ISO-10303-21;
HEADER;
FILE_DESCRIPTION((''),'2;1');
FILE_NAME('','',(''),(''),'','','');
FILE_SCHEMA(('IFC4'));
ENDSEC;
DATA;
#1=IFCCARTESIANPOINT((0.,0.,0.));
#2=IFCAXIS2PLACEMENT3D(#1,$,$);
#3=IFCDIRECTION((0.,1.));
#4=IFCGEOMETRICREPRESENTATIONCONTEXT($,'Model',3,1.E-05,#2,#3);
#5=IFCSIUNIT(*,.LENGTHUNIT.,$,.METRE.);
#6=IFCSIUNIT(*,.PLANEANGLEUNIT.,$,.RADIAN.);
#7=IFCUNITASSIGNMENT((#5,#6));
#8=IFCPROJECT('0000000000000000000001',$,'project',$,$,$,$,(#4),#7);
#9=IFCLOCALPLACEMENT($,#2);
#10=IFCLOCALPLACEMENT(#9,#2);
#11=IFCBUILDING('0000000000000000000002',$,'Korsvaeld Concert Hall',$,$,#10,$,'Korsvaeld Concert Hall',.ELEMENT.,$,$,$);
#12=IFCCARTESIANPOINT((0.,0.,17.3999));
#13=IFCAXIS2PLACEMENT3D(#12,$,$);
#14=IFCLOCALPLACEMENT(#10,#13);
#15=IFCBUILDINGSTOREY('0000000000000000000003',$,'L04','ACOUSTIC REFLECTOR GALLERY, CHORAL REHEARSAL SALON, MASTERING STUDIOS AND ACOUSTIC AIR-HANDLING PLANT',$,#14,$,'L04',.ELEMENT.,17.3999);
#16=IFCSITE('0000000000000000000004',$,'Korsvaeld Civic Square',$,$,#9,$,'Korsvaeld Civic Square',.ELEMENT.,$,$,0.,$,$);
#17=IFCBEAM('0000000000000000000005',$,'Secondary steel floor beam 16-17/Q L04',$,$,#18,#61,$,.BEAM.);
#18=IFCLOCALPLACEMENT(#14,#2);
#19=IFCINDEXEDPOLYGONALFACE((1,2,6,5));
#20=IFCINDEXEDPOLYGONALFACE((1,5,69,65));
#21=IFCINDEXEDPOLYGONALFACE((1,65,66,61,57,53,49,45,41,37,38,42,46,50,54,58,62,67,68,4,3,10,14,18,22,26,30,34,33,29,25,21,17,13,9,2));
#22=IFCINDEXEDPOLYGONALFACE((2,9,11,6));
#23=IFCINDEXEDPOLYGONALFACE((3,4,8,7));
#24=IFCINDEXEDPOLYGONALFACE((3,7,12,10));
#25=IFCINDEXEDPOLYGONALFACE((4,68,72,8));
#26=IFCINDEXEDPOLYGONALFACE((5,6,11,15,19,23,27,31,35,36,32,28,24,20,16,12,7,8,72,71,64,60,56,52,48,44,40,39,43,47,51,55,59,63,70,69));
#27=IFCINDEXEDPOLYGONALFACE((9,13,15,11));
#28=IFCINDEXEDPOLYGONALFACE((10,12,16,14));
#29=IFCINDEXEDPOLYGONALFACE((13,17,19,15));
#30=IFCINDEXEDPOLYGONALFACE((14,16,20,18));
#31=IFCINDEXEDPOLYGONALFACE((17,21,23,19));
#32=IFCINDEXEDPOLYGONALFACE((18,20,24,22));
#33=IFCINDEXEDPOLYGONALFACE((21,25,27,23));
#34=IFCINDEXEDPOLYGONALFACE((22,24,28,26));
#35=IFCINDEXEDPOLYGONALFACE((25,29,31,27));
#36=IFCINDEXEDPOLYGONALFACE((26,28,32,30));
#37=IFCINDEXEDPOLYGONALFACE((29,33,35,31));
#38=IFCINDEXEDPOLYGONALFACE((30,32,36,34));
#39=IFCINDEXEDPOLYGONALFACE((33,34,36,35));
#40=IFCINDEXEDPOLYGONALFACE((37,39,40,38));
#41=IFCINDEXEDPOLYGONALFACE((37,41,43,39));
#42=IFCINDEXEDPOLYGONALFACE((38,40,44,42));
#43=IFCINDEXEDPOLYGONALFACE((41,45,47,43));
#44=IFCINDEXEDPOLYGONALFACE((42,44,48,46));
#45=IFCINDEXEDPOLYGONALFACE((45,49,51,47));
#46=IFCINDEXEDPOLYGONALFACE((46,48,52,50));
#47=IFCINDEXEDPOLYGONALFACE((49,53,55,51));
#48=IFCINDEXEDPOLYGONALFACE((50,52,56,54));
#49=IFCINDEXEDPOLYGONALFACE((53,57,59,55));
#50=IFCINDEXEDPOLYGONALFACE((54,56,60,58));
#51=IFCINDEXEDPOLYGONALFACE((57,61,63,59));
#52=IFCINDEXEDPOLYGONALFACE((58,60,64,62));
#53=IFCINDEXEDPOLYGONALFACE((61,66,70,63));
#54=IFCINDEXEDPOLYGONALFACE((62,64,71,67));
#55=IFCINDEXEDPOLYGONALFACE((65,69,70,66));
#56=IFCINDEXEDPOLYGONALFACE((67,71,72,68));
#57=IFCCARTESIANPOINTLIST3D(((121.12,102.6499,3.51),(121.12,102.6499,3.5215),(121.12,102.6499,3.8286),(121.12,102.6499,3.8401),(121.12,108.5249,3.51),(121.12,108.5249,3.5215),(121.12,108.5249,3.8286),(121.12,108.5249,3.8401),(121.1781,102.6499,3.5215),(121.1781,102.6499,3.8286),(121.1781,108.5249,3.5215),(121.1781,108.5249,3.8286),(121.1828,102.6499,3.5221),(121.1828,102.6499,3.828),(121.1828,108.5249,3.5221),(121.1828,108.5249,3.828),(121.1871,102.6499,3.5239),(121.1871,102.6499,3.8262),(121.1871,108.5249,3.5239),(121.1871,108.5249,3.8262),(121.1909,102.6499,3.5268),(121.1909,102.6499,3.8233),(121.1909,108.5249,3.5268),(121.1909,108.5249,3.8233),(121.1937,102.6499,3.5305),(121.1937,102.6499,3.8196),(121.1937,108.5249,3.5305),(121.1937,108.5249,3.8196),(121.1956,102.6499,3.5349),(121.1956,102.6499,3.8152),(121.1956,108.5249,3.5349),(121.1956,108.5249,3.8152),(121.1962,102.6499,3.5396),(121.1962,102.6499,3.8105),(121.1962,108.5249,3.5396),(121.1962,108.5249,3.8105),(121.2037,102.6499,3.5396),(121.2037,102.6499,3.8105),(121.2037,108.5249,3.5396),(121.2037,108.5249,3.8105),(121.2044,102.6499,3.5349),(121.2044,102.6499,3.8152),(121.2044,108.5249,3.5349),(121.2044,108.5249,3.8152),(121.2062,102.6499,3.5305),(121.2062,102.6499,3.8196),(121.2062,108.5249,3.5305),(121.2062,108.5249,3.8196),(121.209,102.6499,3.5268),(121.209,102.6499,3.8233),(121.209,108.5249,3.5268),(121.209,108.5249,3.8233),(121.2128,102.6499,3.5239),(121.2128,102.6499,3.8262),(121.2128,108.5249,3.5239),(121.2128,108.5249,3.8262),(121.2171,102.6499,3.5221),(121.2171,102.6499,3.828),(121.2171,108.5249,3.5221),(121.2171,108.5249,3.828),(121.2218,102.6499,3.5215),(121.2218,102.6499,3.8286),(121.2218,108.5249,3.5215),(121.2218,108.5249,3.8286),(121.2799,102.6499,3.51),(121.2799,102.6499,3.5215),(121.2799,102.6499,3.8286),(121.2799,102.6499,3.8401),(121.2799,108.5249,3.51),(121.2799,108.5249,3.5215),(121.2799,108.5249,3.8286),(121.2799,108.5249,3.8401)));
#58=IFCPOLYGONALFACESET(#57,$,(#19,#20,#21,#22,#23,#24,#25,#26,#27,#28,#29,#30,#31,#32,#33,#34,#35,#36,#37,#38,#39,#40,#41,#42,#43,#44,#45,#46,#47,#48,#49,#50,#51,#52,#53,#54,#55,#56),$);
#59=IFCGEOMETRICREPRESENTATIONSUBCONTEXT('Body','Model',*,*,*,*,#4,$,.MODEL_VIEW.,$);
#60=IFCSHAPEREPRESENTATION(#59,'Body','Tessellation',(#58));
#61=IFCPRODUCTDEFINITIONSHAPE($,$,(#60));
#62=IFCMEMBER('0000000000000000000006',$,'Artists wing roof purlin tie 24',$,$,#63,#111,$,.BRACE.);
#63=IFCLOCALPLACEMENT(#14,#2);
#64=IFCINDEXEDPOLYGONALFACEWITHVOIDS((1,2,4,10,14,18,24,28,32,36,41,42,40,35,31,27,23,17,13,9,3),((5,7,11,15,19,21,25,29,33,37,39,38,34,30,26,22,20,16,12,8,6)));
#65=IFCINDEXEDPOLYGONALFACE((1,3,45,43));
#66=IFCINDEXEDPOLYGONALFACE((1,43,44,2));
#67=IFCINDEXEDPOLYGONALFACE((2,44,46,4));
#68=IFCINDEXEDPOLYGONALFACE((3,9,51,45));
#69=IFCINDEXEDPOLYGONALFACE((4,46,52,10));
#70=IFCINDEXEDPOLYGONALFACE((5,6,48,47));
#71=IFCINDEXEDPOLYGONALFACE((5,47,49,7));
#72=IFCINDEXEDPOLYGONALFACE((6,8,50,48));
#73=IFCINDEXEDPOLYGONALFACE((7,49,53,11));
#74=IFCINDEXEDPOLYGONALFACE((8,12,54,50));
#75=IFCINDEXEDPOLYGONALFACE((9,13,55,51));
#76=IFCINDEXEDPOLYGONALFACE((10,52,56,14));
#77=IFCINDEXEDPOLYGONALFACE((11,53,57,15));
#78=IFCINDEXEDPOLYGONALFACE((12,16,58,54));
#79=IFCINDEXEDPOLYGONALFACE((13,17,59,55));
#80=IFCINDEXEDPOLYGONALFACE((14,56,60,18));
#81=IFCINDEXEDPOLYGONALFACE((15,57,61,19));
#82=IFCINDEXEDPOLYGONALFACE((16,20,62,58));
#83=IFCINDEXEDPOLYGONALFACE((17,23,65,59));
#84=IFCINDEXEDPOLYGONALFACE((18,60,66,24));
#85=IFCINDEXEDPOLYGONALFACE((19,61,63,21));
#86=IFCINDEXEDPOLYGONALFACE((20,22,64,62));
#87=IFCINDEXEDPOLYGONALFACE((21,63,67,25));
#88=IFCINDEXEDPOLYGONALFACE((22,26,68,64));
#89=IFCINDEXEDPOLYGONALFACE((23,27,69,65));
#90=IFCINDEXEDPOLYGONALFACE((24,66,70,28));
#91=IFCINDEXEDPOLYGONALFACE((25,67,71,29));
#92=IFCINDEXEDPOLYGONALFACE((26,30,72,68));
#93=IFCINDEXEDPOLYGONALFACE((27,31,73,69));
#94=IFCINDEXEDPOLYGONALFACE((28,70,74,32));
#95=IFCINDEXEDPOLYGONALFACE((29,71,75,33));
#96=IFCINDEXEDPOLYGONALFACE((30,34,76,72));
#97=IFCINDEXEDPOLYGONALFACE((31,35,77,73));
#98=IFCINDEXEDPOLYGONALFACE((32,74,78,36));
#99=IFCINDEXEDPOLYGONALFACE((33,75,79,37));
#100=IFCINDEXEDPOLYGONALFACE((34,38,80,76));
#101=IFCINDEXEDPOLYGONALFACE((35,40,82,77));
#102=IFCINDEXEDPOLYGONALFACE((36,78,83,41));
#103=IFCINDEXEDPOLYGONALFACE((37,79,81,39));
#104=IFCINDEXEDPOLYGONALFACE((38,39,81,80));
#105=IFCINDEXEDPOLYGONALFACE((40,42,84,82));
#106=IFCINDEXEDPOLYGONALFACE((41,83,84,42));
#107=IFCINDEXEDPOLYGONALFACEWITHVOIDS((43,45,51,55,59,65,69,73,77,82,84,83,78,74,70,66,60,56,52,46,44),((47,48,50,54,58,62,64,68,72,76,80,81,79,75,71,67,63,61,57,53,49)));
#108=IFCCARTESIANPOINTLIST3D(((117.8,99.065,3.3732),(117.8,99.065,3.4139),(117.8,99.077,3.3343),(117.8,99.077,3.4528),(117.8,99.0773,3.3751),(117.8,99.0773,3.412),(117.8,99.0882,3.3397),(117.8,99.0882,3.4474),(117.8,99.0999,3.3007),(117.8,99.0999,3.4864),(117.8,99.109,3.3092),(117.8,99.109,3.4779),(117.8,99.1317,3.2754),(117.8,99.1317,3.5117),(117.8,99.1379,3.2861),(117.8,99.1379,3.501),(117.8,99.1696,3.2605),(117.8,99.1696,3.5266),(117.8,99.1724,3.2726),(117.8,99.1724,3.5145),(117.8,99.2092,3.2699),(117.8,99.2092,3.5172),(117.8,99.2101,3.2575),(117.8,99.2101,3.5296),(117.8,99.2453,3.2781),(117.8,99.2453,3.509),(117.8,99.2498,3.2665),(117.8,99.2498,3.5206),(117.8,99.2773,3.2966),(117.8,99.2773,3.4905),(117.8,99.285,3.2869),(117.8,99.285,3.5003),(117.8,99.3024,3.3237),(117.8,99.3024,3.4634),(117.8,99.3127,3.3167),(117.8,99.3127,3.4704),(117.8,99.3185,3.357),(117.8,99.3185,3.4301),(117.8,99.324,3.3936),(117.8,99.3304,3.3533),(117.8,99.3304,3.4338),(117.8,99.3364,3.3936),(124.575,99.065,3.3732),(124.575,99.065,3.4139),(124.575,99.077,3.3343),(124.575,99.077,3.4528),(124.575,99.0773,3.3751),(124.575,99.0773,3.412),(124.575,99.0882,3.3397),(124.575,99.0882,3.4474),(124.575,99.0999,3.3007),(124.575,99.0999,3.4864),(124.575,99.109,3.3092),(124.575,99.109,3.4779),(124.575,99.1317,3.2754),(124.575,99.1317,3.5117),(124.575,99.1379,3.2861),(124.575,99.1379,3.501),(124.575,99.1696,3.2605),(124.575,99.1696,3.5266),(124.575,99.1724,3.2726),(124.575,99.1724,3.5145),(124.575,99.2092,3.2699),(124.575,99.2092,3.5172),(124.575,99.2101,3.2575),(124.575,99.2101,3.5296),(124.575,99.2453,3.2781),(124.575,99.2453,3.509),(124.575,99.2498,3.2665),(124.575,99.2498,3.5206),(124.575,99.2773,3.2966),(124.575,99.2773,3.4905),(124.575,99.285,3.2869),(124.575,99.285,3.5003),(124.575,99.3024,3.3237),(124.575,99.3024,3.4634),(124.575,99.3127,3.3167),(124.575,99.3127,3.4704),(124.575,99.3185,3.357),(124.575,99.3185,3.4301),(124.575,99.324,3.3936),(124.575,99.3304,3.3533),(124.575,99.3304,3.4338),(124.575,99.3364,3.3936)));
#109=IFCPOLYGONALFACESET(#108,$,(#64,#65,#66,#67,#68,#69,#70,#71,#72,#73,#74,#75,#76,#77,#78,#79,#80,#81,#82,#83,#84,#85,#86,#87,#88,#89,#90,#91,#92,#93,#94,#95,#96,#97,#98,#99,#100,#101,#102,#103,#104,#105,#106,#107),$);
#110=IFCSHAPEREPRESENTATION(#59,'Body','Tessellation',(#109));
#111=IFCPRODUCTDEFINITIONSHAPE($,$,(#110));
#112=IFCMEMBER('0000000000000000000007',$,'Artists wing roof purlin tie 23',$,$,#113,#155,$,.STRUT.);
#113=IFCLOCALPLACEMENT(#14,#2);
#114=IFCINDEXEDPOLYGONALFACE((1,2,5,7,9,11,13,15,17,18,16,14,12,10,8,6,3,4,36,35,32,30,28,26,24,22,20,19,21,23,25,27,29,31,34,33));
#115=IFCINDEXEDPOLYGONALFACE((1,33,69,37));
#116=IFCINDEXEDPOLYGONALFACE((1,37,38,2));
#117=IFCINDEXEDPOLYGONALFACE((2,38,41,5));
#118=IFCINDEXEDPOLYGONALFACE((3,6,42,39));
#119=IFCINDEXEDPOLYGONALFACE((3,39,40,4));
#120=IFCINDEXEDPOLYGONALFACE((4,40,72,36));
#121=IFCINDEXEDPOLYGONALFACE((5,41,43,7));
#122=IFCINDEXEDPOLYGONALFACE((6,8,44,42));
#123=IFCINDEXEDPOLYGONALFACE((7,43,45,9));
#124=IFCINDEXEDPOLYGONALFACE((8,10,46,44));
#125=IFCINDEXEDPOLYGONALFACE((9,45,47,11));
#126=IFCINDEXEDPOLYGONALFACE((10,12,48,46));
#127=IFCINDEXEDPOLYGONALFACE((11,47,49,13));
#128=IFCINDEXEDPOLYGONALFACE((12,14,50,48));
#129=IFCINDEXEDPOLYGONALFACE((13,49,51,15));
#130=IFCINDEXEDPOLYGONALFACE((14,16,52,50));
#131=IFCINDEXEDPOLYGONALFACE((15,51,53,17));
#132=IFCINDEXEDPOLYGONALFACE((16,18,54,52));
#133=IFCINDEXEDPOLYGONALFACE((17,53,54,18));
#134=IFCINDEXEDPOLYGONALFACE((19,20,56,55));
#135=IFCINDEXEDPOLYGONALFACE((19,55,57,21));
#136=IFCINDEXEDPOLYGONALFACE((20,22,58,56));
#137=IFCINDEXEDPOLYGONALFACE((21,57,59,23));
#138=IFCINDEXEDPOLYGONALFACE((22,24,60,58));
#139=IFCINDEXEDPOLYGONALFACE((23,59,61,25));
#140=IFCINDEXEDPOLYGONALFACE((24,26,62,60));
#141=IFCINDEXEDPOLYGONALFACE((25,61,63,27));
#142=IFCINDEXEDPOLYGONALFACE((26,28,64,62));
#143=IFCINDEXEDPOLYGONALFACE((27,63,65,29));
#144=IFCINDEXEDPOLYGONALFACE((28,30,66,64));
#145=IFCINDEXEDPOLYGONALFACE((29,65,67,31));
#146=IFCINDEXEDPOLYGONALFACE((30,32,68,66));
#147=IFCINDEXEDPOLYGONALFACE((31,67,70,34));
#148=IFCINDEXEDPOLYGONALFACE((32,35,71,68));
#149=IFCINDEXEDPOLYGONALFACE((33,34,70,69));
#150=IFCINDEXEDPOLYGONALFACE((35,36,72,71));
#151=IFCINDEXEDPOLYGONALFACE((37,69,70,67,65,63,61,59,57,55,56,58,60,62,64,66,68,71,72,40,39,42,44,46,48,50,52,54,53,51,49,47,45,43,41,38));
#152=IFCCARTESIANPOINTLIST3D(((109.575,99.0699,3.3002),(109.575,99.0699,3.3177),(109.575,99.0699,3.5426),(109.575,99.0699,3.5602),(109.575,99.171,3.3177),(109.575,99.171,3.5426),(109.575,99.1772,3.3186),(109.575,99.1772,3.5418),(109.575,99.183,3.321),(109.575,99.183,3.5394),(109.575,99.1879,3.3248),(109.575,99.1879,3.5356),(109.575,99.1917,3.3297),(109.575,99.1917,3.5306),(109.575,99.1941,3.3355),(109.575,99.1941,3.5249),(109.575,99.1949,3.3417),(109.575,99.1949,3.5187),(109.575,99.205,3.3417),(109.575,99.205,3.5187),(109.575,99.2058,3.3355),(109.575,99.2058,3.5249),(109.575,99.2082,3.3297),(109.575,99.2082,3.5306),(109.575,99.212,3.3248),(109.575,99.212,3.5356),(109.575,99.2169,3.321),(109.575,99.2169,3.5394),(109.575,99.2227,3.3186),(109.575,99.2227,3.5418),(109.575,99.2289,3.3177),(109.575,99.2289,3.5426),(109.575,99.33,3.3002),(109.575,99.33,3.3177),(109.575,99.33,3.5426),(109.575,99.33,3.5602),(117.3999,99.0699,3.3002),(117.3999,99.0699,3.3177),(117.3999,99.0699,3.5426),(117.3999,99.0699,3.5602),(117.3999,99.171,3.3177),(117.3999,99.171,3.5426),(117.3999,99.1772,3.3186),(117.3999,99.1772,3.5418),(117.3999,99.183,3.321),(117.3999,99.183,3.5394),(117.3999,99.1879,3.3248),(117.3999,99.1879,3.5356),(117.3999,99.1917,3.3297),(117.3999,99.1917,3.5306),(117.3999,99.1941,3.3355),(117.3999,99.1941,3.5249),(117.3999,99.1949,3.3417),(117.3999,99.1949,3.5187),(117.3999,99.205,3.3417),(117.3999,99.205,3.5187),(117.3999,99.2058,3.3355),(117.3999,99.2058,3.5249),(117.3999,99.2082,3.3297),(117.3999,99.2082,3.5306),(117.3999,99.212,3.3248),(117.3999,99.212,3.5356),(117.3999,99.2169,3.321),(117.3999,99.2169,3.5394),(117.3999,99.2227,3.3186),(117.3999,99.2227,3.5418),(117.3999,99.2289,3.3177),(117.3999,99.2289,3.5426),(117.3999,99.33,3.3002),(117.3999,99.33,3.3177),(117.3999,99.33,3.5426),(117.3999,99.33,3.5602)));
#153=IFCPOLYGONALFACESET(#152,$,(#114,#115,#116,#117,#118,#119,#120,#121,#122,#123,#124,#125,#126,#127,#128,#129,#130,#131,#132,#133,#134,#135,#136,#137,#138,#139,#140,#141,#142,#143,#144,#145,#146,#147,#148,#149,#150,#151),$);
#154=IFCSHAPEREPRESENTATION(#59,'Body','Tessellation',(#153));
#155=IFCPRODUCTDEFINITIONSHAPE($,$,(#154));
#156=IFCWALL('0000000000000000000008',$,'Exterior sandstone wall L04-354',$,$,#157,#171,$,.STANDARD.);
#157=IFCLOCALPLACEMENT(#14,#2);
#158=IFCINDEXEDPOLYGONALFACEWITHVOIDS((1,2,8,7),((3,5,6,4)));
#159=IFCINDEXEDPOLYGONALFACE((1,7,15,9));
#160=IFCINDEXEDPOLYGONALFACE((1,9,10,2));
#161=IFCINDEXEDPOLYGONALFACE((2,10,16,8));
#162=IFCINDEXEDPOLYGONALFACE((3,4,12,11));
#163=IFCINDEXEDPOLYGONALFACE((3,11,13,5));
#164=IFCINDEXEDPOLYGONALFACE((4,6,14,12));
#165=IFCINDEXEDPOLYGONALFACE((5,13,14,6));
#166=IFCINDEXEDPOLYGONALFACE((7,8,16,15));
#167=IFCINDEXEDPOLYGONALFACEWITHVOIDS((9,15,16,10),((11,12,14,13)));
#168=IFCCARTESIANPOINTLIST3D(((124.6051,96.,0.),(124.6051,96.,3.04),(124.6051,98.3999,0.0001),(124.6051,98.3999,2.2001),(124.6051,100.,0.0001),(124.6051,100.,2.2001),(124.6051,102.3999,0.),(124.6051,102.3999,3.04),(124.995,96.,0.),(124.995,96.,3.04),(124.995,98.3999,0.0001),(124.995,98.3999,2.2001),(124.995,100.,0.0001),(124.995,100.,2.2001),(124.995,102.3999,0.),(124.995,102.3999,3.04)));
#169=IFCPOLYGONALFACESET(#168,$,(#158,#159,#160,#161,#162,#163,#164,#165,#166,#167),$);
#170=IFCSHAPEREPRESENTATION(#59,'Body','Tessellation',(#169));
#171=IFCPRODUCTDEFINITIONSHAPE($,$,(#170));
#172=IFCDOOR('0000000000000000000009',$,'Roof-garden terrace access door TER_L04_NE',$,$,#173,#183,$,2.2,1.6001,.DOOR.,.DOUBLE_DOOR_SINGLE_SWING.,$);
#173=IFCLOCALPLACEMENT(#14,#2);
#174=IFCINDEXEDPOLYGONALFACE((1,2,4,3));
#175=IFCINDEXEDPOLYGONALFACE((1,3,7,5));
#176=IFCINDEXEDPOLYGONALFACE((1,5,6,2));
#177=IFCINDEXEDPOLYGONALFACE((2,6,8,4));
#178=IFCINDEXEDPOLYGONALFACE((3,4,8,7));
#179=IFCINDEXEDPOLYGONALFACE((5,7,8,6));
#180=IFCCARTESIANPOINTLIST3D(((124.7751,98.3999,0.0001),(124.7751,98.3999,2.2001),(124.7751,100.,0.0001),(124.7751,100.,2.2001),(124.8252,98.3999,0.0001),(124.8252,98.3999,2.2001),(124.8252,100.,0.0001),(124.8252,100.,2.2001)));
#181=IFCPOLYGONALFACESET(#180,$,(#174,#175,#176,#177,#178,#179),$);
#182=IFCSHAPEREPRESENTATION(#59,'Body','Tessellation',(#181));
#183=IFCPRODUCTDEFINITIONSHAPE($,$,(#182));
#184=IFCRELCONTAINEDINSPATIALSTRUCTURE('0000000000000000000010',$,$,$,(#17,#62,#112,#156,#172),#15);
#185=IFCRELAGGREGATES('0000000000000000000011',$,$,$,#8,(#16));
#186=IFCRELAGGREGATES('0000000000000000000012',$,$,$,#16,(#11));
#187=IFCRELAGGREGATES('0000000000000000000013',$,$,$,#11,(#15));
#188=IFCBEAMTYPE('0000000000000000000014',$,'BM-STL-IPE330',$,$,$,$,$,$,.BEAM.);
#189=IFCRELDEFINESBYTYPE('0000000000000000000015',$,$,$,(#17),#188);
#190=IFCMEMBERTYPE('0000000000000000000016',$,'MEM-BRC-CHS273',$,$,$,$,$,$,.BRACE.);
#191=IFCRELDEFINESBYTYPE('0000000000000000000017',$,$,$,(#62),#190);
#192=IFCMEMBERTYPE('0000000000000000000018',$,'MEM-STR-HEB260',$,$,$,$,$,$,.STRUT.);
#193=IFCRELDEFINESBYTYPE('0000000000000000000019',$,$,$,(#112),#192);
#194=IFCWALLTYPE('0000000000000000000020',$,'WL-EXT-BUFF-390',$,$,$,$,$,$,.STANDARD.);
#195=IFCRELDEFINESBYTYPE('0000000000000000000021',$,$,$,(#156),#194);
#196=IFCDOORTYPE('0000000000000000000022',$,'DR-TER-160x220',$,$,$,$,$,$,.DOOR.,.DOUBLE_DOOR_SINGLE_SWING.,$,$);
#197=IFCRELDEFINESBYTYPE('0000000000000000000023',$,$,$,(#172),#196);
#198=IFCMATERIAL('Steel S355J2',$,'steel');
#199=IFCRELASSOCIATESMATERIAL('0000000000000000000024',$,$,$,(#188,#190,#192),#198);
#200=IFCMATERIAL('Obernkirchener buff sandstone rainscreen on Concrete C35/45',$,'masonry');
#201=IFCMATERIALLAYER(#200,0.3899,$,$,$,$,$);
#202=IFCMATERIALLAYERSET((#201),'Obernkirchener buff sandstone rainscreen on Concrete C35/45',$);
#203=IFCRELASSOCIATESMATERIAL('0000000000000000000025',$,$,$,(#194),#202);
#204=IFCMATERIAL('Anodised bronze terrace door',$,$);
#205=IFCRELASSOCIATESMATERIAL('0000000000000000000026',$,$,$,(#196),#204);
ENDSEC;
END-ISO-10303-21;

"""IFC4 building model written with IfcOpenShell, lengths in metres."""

from ifc_helpers import new_model, si_unit, direction, frame, frame_2d, origin, origin_2d, place, context, subcontext, project, spatial, rectangle, hollow_circle, i_section, extrude, material, layer, layer_set, material_profile, profile_set, type_object, element, fill, save


model = new_model("IFC4")

# Units and contexts
model_context = context("Model", 3, precision=1e-05, world=origin(), true_north=direction((0.0, 1.0)))
body_context = subcontext(model_context, "Body", "Model", "MODEL_VIEW")
ifc_project = project(units=[si_unit("LENGTHUNIT", "METRE"), si_unit("PLANEANGLEUNIT", "RADIAN")], contexts=[model_context])

# Site, building, storey
site_placement = place(None, origin())
site = spatial("IfcSite", under=ifc_project, at=site_placement, Name="Korsvaeld Civic Square", LongName="Korsvaeld Civic Square", CompositionType="ELEMENT", RefElevation=0.0)
building_placement = place(site_placement, origin())
building = spatial("IfcBuilding", under=site, at=building_placement, Name="Korsvaeld Concert Hall", LongName="Korsvaeld Concert Hall", CompositionType="ELEMENT")
storey_placement = place(building_placement, frame((0.0, 0.0, 17.3999)))
storey = spatial("IfcBuildingStorey", under=building, at=storey_placement, Name="L04", Description="ACOUSTIC REFLECTOR GALLERY, CHORAL REHEARSAL SALON, MASTERING STUDIOS AND ACOUSTIC AIR-HANDLING PLANT", LongName="L04", CompositionType="ELEMENT", Elevation=17.3999)

# Beam
ifc_material_1 = material(Name="Steel S355J2", Category="steel")
ifc_material_profile_1 = material_profile(ifc_material_1, i_section(OverallWidth=0.1599, OverallDepth=0.3301, WebThickness=0.0076, FlangeThickness=0.0115, FilletRadius=0.0181, at=origin_2d()), Name="IPE 330")
ifc_profile_set_1 = profile_set([ifc_material_profile_1], Name="Steel S355J2")
beam_type_1 = type_object("IfcBeamType", Name="BM-STL-IPE330", PredefinedType="BEAM", material=ifc_profile_set_1)
beam_1_placement = place(storey_placement, frame((121.2, 102.6499, 3.675), z_axis=(0.0, 1.0, 0.0), x_axis=(-1.0, 0.0, 0.0)))
element("IfcBeam", 1, at=beam_1_placement, inside=storey, type_object=beam_type_1, Name="Secondary steel floor beam 16-17/Q L04", PredefinedType="BEAM", context=body_context, shape_type="SweptSolid", body=[
    extrude(i_section(OverallWidth=0.1599, OverallDepth=0.3301, WebThickness=0.0076, FlangeThickness=0.0115, FilletRadius=0.0181, at=origin_2d()), origin(), (0.0, 0.0, 1.0), 5.875),
])

# Members
ifc_material_profile_2 = material_profile(ifc_material_1, hollow_circle(Radius=0.1365, WallThickness=0.0125, at=origin_2d()), Name="CHS 273x12.5")
ifc_profile_set_2 = profile_set([ifc_material_profile_2], Name="Steel S355J2")
member_type_1 = type_object("IfcMemberType", Name="MEM-BRC-CHS273", PredefinedType="BRACE", material=ifc_profile_set_2)
member_1_placement = place(storey_placement, frame((117.8, 99.2, 3.3936), z_axis=(1.0, 0.0, 0.0), x_axis=(0.0, 1.0, 0.0)))
element("IfcMember", 2, at=member_1_placement, inside=storey, type_object=member_type_1, Name="Artists wing roof purlin tie 24", PredefinedType="BRACE", context=body_context, shape_type="SweptSolid", body=[
    extrude(hollow_circle(Radius=0.1365, WallThickness=0.0125, at=origin_2d()), origin(), (0.0, 0.0, 1.0), 6.7749),
])
ifc_material_profile_3 = material_profile(ifc_material_1, i_section(OverallWidth=0.26, OverallDepth=0.26, WebThickness=0.01, FlangeThickness=0.0176, FilletRadius=0.0239, at=origin_2d()), Name="HEB 260")
ifc_profile_set_3 = profile_set([ifc_material_profile_3], Name="Steel S355J2")
member_type_2 = type_object("IfcMemberType", Name="MEM-STR-HEB260", PredefinedType="STRUT", material=ifc_profile_set_3)
member_2_placement = place(storey_placement, frame((109.575, 99.2, 3.4302), z_axis=(1.0, 0.0, 0.0), x_axis=(0.0, 1.0, 0.0)))
element("IfcMember", 3, at=member_2_placement, inside=storey, type_object=member_type_2, Name="Artists wing roof purlin tie 23", PredefinedType="STRUT", context=body_context, shape_type="SweptSolid", body=[
    extrude(i_section(OverallWidth=0.26, OverallDepth=0.26, WebThickness=0.01, FlangeThickness=0.0176, FilletRadius=0.0239, at=origin_2d()), origin(), (0.0, 0.0, 1.0), 7.825),
])

# Wall, opening, door
ifc_material_2 = material(Name="Obernkirchener buff sandstone rainscreen on Concrete C35/45", Category="masonry")
ifc_layer_1 = layer(ifc_material_2, 0.3899)
ifc_layer_set_1 = layer_set([ifc_layer_1], Name="Obernkirchener buff sandstone rainscreen on Concrete C35/45")
wall_type_1 = type_object("IfcWallType", Name="WL-EXT-BUFF-390", PredefinedType="STANDARD", material=ifc_layer_set_1)
wall_1_placement = place(storey_placement, frame((124.8, 102.3999, 0.0), z_axis=(0.0, 0.0, 1.0), x_axis=(0.0, -1.0, 0.0)))
wall_1 = element("IfcWall", 4, at=wall_1_placement, inside=storey, type_object=wall_type_1, Name="Exterior sandstone wall L04-354", PredefinedType="STANDARD", context=body_context, shape_type="SweptSolid", body=[
    extrude(rectangle(XDim=6.3999, YDim=0.3899, at=frame_2d((3.2, 0.0))), origin(), (0.0, 0.0, 1.0), 3.04),
])
opening_1_placement = place(wall_1_placement, frame((2.3999, 0.0, 0.0)))
opening_1 = element("IfcOpeningElement", 5, at=opening_1_placement, cuts=wall_1, PredefinedType="OPENING", context=body_context, shape_type="SweptSolid", body=[
    extrude(rectangle(XDim=1.6001, YDim=2.2, at=frame_2d((0.8, 1.1001))), frame((0.0, 0.2051, 0.0), z_axis=(0.0, -1.0, 0.0), x_axis=(1.0, 0.0, 0.0)), (0.0, 0.0, 1.0), 0.4099),
])
ifc_material_3 = material(Name="Anodised bronze terrace door")
door_type = type_object("IfcDoorType", Name="DR-TER-160x220", OperationType="DOUBLE_DOOR_SINGLE_SWING", PredefinedType="DOOR", material=ifc_material_3)
door_placement = place(opening_1_placement, frame((1.6001, 0.0, 0.0), z_axis=(0.0, 0.0, 1.0), x_axis=(-1.0, 0.0, 0.0)))
door = element("IfcDoor", 6, at=door_placement, inside=storey, type_object=door_type, Name="Roof-garden terrace access door TER_L04_NE", OperationType="DOUBLE_DOOR_SINGLE_SWING", OverallHeight=2.2, OverallWidth=1.6001, PredefinedType="DOOR", context=body_context, shape_type="SweptSolid", body=[
    extrude(rectangle(XDim=1.6001, YDim=2.2, at=frame_2d((0.8, 1.1001))), frame((0.0, 0.0249, 0.0), z_axis=(0.0, -1.0, 0.0), x_axis=(1.0, 0.0, 0.0)), (0.0, 0.0, 1.0), 0.05),
])
fill(opening_1, door)

save(model, "model.ifc")
